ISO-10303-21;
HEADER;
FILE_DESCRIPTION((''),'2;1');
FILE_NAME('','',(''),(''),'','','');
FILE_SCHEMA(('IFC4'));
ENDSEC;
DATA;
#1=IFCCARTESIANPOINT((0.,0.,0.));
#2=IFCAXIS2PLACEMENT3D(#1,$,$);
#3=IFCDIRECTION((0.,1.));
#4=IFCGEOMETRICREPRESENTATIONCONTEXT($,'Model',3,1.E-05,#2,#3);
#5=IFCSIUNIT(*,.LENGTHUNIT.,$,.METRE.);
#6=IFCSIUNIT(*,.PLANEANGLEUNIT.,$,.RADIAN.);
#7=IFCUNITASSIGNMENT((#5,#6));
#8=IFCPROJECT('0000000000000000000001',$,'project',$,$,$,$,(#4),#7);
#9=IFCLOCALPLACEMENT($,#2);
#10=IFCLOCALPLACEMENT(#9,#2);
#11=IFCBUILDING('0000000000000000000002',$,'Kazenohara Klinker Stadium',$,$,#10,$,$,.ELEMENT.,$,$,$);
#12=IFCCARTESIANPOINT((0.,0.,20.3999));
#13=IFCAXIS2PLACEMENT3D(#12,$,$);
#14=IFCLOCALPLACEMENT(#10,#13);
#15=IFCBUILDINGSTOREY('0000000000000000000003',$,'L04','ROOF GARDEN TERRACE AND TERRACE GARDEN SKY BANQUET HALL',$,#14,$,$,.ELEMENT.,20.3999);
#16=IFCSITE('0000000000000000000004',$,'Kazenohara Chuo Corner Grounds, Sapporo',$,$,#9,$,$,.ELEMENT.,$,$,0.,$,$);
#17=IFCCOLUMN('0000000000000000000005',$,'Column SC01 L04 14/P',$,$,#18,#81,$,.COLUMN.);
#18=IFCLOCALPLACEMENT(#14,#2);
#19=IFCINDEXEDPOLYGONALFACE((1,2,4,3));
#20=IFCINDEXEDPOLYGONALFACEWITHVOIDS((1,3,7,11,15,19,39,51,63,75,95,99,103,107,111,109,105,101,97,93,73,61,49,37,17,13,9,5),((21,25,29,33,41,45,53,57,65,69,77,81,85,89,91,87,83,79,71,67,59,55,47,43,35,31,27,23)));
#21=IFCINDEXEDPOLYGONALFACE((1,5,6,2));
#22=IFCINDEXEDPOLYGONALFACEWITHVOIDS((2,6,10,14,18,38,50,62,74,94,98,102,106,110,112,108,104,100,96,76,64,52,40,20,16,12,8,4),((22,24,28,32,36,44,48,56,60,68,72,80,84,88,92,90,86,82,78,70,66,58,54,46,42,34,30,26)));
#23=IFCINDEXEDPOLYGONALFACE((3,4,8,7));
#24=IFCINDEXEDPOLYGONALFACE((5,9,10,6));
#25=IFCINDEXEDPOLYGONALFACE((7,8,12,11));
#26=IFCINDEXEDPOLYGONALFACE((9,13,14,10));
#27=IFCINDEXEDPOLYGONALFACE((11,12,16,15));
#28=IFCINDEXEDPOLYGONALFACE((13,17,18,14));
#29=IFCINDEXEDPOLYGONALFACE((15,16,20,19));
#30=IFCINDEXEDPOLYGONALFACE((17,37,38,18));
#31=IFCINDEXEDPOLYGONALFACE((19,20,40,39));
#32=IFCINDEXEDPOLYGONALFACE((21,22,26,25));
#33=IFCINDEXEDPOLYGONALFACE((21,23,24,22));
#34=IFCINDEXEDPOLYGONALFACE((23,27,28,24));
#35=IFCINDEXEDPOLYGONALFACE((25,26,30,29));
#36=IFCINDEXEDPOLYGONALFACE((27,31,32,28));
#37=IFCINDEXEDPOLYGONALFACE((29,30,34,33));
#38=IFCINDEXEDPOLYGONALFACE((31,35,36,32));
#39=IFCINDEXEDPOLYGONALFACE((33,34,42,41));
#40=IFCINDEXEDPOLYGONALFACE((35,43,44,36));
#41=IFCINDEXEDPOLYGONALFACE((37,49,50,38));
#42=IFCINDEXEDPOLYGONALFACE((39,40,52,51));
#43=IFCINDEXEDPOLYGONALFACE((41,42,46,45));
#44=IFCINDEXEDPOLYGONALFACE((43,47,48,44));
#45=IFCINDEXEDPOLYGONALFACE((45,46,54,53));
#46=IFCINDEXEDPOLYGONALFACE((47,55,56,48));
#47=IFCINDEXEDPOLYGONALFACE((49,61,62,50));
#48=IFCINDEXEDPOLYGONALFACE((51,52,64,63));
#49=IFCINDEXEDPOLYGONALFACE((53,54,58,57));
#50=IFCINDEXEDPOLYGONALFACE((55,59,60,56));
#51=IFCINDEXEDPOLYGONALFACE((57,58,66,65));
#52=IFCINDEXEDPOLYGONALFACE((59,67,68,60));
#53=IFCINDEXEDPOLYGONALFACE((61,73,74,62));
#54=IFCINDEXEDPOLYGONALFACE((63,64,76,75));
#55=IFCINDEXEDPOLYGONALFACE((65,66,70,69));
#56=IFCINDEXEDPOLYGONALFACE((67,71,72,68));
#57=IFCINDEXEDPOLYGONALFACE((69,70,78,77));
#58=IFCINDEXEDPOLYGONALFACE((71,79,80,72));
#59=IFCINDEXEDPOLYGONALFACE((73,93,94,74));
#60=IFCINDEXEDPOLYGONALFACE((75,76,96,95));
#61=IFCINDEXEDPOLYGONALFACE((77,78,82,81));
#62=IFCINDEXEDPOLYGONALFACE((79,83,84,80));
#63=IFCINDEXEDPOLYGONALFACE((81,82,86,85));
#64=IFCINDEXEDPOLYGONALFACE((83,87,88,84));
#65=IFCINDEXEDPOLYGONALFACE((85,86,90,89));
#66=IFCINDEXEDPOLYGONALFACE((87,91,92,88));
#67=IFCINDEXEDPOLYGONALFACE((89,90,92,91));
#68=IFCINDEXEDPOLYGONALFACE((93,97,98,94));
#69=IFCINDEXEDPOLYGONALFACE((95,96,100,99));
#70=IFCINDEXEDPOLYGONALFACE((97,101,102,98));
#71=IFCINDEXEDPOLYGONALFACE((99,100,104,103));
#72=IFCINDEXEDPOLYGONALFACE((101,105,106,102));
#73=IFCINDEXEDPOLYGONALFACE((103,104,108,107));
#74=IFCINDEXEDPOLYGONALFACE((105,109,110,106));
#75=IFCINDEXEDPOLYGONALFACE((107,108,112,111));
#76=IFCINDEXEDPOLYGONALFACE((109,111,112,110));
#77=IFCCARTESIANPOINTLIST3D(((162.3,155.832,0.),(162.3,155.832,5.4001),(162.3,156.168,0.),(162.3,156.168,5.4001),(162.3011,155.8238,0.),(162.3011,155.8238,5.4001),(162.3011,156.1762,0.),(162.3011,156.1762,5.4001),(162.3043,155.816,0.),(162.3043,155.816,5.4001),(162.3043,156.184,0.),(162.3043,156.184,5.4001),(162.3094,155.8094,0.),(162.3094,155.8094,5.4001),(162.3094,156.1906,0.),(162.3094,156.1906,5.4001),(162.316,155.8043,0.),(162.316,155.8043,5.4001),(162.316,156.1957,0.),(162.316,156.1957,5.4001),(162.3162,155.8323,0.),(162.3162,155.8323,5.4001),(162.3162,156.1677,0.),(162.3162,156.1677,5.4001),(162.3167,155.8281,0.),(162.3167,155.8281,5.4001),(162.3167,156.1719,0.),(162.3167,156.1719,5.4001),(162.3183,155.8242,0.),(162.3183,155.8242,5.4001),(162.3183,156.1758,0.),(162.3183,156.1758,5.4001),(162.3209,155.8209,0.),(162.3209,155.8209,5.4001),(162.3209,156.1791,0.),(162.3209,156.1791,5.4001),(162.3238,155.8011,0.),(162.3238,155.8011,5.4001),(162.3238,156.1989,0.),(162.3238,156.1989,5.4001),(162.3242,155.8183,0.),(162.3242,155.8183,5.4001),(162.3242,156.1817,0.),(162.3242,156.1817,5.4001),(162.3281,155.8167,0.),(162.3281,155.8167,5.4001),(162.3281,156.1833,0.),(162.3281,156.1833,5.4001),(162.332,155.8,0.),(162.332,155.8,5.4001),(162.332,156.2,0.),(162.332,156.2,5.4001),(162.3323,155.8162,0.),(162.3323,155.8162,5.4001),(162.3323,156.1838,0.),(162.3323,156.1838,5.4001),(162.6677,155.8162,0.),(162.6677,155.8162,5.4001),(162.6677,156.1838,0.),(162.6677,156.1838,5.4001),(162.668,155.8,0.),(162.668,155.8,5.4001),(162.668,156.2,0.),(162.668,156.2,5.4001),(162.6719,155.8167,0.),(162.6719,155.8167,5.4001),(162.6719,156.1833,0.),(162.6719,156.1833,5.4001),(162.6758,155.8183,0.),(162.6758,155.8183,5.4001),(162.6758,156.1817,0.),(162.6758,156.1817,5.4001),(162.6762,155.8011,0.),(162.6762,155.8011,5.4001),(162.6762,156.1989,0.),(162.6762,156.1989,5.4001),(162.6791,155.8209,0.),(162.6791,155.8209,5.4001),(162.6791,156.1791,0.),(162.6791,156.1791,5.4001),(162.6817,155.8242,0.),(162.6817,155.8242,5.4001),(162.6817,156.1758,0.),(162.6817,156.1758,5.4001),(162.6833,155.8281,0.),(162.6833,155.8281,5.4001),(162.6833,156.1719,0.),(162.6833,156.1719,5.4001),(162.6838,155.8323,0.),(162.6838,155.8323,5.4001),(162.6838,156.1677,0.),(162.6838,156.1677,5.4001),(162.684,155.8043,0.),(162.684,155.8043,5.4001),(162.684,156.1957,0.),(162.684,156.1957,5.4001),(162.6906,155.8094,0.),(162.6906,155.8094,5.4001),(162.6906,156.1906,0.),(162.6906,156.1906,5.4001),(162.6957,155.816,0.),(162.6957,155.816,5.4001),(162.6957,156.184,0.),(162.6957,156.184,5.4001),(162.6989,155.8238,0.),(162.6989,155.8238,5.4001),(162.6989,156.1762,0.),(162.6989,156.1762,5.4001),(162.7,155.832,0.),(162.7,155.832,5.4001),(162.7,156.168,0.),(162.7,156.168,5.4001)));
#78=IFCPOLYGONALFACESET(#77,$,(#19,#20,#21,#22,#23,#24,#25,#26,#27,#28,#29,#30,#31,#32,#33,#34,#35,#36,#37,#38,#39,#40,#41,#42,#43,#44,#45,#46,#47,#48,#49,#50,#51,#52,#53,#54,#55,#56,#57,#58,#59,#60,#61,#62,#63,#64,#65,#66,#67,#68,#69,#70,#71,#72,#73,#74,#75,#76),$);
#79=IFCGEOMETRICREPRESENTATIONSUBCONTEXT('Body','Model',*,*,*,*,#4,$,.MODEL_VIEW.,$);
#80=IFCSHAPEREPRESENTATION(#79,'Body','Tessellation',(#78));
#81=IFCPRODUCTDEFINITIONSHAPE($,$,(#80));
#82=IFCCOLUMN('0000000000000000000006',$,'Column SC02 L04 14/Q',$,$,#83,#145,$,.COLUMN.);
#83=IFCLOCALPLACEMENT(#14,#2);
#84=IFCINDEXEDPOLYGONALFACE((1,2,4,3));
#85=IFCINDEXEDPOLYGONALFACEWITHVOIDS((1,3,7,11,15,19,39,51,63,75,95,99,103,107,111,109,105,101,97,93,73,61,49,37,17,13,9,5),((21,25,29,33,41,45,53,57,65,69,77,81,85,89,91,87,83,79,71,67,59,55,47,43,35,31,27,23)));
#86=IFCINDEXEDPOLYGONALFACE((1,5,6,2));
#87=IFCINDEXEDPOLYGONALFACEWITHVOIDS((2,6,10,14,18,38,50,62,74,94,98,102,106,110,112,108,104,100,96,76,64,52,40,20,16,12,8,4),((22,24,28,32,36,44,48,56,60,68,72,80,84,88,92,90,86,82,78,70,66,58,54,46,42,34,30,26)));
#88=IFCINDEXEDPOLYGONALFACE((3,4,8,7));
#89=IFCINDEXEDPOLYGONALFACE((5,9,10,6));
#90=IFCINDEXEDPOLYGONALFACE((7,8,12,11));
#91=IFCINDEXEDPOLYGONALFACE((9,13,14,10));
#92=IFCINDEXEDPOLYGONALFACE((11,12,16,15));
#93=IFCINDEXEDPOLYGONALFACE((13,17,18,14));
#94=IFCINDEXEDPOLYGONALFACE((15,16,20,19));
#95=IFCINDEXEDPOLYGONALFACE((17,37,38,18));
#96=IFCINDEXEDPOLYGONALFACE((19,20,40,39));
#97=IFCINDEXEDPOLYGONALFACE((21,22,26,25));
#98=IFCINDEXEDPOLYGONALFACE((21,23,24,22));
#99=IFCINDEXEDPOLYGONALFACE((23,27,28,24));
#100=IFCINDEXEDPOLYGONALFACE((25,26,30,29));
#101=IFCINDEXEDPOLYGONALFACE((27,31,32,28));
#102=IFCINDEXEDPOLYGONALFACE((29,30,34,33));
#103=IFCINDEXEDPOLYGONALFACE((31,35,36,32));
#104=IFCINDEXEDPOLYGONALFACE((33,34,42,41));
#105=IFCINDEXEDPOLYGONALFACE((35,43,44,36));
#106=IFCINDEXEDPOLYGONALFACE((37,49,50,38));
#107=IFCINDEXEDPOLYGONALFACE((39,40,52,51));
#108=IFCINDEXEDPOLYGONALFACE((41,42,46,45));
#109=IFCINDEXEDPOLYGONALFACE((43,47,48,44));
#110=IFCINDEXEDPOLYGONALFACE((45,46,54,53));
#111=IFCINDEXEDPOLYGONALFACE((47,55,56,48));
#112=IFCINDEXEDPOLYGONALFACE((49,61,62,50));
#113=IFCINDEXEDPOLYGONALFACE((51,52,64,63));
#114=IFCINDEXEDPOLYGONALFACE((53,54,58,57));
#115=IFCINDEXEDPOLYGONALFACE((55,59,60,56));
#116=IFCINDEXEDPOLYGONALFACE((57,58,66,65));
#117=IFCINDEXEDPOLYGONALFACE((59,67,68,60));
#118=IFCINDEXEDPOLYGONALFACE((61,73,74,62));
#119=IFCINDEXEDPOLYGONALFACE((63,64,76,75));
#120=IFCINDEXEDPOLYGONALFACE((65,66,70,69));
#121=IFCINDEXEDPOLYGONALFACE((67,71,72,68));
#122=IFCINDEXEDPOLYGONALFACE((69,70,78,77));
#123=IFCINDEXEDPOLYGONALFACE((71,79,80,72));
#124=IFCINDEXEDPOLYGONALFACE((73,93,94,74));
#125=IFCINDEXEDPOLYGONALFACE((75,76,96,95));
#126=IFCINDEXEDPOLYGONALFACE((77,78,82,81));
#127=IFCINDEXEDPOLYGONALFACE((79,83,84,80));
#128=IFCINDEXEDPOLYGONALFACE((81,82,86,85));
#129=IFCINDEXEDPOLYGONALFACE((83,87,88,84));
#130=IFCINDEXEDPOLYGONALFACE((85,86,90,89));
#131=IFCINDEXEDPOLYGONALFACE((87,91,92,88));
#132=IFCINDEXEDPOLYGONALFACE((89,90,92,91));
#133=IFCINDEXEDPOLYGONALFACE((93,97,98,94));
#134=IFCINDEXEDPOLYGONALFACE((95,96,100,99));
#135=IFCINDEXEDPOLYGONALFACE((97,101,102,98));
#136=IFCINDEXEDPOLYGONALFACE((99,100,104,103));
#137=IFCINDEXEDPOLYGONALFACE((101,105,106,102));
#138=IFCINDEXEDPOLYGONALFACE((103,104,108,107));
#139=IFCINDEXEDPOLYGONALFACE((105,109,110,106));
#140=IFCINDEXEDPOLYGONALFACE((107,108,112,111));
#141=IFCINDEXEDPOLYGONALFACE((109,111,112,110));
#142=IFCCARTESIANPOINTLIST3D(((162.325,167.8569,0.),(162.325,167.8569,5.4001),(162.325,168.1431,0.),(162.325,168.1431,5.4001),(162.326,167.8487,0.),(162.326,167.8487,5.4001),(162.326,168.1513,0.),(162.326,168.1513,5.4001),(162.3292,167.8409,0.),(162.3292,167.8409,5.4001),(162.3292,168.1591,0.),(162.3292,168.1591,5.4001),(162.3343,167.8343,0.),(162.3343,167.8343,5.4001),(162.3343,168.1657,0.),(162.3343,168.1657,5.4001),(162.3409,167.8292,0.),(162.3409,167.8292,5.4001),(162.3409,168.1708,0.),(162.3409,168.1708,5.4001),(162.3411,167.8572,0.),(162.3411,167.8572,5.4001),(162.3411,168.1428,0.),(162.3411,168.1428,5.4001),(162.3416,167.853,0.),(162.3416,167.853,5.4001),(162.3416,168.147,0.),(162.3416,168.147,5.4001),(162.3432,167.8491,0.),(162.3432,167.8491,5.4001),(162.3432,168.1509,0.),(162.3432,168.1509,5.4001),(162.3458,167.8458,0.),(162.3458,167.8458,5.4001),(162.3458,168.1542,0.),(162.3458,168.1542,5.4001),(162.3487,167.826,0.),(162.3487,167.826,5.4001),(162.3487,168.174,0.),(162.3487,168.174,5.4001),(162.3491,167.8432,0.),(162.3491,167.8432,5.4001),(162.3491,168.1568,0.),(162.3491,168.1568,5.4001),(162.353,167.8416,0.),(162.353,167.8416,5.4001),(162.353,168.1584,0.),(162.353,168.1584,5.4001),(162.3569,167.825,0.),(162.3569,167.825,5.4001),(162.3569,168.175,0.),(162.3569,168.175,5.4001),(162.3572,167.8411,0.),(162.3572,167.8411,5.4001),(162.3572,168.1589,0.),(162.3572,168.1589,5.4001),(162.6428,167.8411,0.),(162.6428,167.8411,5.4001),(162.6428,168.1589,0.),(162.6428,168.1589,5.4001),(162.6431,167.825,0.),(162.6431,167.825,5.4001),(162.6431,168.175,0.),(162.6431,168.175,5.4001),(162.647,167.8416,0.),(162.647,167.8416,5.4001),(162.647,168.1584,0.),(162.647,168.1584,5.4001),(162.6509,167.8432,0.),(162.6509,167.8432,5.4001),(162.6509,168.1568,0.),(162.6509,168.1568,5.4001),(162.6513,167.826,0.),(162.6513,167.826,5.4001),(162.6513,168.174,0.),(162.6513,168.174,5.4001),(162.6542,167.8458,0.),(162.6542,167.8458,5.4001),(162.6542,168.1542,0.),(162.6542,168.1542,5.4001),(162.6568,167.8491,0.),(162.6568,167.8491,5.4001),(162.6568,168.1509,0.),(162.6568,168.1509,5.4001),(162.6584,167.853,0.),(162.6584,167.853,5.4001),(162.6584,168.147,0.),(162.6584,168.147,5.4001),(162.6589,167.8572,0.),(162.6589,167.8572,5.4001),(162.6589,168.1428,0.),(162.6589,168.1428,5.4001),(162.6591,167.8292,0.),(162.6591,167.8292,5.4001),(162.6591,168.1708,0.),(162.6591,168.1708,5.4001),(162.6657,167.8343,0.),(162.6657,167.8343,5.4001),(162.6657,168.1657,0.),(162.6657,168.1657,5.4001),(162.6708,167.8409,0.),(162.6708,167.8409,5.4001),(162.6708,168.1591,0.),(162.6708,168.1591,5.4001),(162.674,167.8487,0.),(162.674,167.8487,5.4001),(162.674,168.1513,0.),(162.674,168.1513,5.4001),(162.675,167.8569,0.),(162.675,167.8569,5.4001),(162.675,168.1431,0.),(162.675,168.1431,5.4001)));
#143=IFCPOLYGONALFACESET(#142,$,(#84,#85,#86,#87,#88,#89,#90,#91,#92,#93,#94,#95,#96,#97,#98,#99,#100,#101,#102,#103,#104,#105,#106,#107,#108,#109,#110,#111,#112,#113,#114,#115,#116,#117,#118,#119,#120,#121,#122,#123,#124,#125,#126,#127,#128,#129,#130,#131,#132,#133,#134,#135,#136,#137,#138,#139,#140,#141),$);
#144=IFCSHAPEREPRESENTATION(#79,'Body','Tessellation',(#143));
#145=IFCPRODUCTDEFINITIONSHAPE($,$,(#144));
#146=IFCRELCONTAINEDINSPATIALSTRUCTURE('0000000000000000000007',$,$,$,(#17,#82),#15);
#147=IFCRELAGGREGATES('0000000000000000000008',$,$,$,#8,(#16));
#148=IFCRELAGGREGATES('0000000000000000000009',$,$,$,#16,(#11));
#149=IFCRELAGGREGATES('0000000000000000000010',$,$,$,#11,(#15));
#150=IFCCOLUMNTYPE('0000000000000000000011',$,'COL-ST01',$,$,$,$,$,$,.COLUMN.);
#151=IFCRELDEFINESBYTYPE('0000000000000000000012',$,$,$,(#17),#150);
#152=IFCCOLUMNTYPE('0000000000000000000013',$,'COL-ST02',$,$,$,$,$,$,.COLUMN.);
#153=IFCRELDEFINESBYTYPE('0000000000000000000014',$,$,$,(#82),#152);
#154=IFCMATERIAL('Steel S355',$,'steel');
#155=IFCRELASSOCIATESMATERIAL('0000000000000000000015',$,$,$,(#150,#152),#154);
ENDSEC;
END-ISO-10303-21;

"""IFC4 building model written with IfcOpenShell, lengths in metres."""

from ifc_helpers import new_model, si_unit, direction, frame, origin, origin_2d, place, context, subcontext, project, spatial, hollow_rectangle, extrude, material, material_profile, profile_set, type_object, element, save


model = new_model("IFC4")

# Units and contexts
model_context = context("Model", 3, precision=1e-05, world=origin(), true_north=direction((0.0, 1.0)))
body_context = subcontext(model_context, "Body", "Model", "MODEL_VIEW")
ifc_project = project(units=[si_unit("LENGTHUNIT", "METRE"), si_unit("PLANEANGLEUNIT", "RADIAN")], contexts=[model_context])

# Site, building, storey
site_placement = place(None, origin())
site = spatial("IfcSite", under=ifc_project, at=site_placement, Name="Kazenohara Chuo Corner Grounds, Sapporo", CompositionType="ELEMENT", RefElevation=0.0)
building_placement = place(site_placement, origin())
building = spatial("IfcBuilding", under=site, at=building_placement, Name="Kazenohara Klinker Stadium", CompositionType="ELEMENT")
storey_placement = place(building_placement, frame((0.0, 0.0, 20.3999)))
storey = spatial("IfcBuildingStorey", under=building, at=storey_placement, Name="L04", Description="ROOF GARDEN TERRACE AND TERRACE GARDEN SKY BANQUET HALL", CompositionType="ELEMENT", Elevation=20.3999)

# Columns
ifc_material_1 = material(Name="Steel S355", Category="steel")
ifc_material_profile_1 = material_profile(ifc_material_1, hollow_rectangle(XDim=0.3999, YDim=0.3999, WallThickness=0.0161, InnerFilletRadius=0.0161, OuterFilletRadius=0.032, at=origin_2d()), Name="SHS-400x400x16")
ifc_profile_set_1 = profile_set([ifc_material_profile_1], Name="Steel S355")
column_type_1 = type_object("IfcColumnType", Name="COL-ST01", PredefinedType="COLUMN", material=ifc_profile_set_1)
column_placement = place(storey_placement, frame((162.5, 156.0, 0.0), z_axis=(0.0, 0.0, 1.0), x_axis=(1.0, 0.0, 0.0)))
element("IfcColumn", 1, at=column_placement, inside=storey, type_object=column_type_1, Name="Column SC01 L04 14/P", PredefinedType="COLUMN", context=body_context, shape_type="SweptSolid", body=[
    extrude(hollow_rectangle(XDim=0.3999, YDim=0.3999, WallThickness=0.0161, InnerFilletRadius=0.0161, OuterFilletRadius=0.032, at=origin_2d()), origin(), (0.0, 0.0, 1.0), 5.4001),
])
ifc_material_profile_2 = material_profile(ifc_material_1, hollow_rectangle(XDim=0.3501, YDim=0.3501, WallThickness=0.0161, InnerFilletRadius=0.0161, OuterFilletRadius=0.032, at=origin_2d()), Name="SHS-350x350x16")
ifc_profile_set_2 = profile_set([ifc_material_profile_2], Name="Steel S355")
column_type_2 = type_object("IfcColumnType", Name="COL-ST02", PredefinedType="COLUMN", material=ifc_profile_set_2)
for number, where, z_axis, x_axis, name in (
    (2, (162.5, 168.0, 0.0), (0.0, 0.0, 1.0), (1.0, 0.0, 0.0), "Column SC02 L04 14/Q"),
):
    element("IfcColumn", number, at=place(storey_placement, frame(where, z_axis=z_axis, x_axis=x_axis)), inside=storey, type_object=column_type_2, Name=name, PredefinedType="COLUMN", context=body_context, shape_type="SweptSolid", body=[
        extrude(hollow_rectangle(XDim=0.3501, YDim=0.3501, WallThickness=0.0161, InnerFilletRadius=0.0161, OuterFilletRadius=0.032, at=origin_2d()), origin(), (0.0, 0.0, 1.0), 5.4001),
    ])

save(model, "model.ifc")
